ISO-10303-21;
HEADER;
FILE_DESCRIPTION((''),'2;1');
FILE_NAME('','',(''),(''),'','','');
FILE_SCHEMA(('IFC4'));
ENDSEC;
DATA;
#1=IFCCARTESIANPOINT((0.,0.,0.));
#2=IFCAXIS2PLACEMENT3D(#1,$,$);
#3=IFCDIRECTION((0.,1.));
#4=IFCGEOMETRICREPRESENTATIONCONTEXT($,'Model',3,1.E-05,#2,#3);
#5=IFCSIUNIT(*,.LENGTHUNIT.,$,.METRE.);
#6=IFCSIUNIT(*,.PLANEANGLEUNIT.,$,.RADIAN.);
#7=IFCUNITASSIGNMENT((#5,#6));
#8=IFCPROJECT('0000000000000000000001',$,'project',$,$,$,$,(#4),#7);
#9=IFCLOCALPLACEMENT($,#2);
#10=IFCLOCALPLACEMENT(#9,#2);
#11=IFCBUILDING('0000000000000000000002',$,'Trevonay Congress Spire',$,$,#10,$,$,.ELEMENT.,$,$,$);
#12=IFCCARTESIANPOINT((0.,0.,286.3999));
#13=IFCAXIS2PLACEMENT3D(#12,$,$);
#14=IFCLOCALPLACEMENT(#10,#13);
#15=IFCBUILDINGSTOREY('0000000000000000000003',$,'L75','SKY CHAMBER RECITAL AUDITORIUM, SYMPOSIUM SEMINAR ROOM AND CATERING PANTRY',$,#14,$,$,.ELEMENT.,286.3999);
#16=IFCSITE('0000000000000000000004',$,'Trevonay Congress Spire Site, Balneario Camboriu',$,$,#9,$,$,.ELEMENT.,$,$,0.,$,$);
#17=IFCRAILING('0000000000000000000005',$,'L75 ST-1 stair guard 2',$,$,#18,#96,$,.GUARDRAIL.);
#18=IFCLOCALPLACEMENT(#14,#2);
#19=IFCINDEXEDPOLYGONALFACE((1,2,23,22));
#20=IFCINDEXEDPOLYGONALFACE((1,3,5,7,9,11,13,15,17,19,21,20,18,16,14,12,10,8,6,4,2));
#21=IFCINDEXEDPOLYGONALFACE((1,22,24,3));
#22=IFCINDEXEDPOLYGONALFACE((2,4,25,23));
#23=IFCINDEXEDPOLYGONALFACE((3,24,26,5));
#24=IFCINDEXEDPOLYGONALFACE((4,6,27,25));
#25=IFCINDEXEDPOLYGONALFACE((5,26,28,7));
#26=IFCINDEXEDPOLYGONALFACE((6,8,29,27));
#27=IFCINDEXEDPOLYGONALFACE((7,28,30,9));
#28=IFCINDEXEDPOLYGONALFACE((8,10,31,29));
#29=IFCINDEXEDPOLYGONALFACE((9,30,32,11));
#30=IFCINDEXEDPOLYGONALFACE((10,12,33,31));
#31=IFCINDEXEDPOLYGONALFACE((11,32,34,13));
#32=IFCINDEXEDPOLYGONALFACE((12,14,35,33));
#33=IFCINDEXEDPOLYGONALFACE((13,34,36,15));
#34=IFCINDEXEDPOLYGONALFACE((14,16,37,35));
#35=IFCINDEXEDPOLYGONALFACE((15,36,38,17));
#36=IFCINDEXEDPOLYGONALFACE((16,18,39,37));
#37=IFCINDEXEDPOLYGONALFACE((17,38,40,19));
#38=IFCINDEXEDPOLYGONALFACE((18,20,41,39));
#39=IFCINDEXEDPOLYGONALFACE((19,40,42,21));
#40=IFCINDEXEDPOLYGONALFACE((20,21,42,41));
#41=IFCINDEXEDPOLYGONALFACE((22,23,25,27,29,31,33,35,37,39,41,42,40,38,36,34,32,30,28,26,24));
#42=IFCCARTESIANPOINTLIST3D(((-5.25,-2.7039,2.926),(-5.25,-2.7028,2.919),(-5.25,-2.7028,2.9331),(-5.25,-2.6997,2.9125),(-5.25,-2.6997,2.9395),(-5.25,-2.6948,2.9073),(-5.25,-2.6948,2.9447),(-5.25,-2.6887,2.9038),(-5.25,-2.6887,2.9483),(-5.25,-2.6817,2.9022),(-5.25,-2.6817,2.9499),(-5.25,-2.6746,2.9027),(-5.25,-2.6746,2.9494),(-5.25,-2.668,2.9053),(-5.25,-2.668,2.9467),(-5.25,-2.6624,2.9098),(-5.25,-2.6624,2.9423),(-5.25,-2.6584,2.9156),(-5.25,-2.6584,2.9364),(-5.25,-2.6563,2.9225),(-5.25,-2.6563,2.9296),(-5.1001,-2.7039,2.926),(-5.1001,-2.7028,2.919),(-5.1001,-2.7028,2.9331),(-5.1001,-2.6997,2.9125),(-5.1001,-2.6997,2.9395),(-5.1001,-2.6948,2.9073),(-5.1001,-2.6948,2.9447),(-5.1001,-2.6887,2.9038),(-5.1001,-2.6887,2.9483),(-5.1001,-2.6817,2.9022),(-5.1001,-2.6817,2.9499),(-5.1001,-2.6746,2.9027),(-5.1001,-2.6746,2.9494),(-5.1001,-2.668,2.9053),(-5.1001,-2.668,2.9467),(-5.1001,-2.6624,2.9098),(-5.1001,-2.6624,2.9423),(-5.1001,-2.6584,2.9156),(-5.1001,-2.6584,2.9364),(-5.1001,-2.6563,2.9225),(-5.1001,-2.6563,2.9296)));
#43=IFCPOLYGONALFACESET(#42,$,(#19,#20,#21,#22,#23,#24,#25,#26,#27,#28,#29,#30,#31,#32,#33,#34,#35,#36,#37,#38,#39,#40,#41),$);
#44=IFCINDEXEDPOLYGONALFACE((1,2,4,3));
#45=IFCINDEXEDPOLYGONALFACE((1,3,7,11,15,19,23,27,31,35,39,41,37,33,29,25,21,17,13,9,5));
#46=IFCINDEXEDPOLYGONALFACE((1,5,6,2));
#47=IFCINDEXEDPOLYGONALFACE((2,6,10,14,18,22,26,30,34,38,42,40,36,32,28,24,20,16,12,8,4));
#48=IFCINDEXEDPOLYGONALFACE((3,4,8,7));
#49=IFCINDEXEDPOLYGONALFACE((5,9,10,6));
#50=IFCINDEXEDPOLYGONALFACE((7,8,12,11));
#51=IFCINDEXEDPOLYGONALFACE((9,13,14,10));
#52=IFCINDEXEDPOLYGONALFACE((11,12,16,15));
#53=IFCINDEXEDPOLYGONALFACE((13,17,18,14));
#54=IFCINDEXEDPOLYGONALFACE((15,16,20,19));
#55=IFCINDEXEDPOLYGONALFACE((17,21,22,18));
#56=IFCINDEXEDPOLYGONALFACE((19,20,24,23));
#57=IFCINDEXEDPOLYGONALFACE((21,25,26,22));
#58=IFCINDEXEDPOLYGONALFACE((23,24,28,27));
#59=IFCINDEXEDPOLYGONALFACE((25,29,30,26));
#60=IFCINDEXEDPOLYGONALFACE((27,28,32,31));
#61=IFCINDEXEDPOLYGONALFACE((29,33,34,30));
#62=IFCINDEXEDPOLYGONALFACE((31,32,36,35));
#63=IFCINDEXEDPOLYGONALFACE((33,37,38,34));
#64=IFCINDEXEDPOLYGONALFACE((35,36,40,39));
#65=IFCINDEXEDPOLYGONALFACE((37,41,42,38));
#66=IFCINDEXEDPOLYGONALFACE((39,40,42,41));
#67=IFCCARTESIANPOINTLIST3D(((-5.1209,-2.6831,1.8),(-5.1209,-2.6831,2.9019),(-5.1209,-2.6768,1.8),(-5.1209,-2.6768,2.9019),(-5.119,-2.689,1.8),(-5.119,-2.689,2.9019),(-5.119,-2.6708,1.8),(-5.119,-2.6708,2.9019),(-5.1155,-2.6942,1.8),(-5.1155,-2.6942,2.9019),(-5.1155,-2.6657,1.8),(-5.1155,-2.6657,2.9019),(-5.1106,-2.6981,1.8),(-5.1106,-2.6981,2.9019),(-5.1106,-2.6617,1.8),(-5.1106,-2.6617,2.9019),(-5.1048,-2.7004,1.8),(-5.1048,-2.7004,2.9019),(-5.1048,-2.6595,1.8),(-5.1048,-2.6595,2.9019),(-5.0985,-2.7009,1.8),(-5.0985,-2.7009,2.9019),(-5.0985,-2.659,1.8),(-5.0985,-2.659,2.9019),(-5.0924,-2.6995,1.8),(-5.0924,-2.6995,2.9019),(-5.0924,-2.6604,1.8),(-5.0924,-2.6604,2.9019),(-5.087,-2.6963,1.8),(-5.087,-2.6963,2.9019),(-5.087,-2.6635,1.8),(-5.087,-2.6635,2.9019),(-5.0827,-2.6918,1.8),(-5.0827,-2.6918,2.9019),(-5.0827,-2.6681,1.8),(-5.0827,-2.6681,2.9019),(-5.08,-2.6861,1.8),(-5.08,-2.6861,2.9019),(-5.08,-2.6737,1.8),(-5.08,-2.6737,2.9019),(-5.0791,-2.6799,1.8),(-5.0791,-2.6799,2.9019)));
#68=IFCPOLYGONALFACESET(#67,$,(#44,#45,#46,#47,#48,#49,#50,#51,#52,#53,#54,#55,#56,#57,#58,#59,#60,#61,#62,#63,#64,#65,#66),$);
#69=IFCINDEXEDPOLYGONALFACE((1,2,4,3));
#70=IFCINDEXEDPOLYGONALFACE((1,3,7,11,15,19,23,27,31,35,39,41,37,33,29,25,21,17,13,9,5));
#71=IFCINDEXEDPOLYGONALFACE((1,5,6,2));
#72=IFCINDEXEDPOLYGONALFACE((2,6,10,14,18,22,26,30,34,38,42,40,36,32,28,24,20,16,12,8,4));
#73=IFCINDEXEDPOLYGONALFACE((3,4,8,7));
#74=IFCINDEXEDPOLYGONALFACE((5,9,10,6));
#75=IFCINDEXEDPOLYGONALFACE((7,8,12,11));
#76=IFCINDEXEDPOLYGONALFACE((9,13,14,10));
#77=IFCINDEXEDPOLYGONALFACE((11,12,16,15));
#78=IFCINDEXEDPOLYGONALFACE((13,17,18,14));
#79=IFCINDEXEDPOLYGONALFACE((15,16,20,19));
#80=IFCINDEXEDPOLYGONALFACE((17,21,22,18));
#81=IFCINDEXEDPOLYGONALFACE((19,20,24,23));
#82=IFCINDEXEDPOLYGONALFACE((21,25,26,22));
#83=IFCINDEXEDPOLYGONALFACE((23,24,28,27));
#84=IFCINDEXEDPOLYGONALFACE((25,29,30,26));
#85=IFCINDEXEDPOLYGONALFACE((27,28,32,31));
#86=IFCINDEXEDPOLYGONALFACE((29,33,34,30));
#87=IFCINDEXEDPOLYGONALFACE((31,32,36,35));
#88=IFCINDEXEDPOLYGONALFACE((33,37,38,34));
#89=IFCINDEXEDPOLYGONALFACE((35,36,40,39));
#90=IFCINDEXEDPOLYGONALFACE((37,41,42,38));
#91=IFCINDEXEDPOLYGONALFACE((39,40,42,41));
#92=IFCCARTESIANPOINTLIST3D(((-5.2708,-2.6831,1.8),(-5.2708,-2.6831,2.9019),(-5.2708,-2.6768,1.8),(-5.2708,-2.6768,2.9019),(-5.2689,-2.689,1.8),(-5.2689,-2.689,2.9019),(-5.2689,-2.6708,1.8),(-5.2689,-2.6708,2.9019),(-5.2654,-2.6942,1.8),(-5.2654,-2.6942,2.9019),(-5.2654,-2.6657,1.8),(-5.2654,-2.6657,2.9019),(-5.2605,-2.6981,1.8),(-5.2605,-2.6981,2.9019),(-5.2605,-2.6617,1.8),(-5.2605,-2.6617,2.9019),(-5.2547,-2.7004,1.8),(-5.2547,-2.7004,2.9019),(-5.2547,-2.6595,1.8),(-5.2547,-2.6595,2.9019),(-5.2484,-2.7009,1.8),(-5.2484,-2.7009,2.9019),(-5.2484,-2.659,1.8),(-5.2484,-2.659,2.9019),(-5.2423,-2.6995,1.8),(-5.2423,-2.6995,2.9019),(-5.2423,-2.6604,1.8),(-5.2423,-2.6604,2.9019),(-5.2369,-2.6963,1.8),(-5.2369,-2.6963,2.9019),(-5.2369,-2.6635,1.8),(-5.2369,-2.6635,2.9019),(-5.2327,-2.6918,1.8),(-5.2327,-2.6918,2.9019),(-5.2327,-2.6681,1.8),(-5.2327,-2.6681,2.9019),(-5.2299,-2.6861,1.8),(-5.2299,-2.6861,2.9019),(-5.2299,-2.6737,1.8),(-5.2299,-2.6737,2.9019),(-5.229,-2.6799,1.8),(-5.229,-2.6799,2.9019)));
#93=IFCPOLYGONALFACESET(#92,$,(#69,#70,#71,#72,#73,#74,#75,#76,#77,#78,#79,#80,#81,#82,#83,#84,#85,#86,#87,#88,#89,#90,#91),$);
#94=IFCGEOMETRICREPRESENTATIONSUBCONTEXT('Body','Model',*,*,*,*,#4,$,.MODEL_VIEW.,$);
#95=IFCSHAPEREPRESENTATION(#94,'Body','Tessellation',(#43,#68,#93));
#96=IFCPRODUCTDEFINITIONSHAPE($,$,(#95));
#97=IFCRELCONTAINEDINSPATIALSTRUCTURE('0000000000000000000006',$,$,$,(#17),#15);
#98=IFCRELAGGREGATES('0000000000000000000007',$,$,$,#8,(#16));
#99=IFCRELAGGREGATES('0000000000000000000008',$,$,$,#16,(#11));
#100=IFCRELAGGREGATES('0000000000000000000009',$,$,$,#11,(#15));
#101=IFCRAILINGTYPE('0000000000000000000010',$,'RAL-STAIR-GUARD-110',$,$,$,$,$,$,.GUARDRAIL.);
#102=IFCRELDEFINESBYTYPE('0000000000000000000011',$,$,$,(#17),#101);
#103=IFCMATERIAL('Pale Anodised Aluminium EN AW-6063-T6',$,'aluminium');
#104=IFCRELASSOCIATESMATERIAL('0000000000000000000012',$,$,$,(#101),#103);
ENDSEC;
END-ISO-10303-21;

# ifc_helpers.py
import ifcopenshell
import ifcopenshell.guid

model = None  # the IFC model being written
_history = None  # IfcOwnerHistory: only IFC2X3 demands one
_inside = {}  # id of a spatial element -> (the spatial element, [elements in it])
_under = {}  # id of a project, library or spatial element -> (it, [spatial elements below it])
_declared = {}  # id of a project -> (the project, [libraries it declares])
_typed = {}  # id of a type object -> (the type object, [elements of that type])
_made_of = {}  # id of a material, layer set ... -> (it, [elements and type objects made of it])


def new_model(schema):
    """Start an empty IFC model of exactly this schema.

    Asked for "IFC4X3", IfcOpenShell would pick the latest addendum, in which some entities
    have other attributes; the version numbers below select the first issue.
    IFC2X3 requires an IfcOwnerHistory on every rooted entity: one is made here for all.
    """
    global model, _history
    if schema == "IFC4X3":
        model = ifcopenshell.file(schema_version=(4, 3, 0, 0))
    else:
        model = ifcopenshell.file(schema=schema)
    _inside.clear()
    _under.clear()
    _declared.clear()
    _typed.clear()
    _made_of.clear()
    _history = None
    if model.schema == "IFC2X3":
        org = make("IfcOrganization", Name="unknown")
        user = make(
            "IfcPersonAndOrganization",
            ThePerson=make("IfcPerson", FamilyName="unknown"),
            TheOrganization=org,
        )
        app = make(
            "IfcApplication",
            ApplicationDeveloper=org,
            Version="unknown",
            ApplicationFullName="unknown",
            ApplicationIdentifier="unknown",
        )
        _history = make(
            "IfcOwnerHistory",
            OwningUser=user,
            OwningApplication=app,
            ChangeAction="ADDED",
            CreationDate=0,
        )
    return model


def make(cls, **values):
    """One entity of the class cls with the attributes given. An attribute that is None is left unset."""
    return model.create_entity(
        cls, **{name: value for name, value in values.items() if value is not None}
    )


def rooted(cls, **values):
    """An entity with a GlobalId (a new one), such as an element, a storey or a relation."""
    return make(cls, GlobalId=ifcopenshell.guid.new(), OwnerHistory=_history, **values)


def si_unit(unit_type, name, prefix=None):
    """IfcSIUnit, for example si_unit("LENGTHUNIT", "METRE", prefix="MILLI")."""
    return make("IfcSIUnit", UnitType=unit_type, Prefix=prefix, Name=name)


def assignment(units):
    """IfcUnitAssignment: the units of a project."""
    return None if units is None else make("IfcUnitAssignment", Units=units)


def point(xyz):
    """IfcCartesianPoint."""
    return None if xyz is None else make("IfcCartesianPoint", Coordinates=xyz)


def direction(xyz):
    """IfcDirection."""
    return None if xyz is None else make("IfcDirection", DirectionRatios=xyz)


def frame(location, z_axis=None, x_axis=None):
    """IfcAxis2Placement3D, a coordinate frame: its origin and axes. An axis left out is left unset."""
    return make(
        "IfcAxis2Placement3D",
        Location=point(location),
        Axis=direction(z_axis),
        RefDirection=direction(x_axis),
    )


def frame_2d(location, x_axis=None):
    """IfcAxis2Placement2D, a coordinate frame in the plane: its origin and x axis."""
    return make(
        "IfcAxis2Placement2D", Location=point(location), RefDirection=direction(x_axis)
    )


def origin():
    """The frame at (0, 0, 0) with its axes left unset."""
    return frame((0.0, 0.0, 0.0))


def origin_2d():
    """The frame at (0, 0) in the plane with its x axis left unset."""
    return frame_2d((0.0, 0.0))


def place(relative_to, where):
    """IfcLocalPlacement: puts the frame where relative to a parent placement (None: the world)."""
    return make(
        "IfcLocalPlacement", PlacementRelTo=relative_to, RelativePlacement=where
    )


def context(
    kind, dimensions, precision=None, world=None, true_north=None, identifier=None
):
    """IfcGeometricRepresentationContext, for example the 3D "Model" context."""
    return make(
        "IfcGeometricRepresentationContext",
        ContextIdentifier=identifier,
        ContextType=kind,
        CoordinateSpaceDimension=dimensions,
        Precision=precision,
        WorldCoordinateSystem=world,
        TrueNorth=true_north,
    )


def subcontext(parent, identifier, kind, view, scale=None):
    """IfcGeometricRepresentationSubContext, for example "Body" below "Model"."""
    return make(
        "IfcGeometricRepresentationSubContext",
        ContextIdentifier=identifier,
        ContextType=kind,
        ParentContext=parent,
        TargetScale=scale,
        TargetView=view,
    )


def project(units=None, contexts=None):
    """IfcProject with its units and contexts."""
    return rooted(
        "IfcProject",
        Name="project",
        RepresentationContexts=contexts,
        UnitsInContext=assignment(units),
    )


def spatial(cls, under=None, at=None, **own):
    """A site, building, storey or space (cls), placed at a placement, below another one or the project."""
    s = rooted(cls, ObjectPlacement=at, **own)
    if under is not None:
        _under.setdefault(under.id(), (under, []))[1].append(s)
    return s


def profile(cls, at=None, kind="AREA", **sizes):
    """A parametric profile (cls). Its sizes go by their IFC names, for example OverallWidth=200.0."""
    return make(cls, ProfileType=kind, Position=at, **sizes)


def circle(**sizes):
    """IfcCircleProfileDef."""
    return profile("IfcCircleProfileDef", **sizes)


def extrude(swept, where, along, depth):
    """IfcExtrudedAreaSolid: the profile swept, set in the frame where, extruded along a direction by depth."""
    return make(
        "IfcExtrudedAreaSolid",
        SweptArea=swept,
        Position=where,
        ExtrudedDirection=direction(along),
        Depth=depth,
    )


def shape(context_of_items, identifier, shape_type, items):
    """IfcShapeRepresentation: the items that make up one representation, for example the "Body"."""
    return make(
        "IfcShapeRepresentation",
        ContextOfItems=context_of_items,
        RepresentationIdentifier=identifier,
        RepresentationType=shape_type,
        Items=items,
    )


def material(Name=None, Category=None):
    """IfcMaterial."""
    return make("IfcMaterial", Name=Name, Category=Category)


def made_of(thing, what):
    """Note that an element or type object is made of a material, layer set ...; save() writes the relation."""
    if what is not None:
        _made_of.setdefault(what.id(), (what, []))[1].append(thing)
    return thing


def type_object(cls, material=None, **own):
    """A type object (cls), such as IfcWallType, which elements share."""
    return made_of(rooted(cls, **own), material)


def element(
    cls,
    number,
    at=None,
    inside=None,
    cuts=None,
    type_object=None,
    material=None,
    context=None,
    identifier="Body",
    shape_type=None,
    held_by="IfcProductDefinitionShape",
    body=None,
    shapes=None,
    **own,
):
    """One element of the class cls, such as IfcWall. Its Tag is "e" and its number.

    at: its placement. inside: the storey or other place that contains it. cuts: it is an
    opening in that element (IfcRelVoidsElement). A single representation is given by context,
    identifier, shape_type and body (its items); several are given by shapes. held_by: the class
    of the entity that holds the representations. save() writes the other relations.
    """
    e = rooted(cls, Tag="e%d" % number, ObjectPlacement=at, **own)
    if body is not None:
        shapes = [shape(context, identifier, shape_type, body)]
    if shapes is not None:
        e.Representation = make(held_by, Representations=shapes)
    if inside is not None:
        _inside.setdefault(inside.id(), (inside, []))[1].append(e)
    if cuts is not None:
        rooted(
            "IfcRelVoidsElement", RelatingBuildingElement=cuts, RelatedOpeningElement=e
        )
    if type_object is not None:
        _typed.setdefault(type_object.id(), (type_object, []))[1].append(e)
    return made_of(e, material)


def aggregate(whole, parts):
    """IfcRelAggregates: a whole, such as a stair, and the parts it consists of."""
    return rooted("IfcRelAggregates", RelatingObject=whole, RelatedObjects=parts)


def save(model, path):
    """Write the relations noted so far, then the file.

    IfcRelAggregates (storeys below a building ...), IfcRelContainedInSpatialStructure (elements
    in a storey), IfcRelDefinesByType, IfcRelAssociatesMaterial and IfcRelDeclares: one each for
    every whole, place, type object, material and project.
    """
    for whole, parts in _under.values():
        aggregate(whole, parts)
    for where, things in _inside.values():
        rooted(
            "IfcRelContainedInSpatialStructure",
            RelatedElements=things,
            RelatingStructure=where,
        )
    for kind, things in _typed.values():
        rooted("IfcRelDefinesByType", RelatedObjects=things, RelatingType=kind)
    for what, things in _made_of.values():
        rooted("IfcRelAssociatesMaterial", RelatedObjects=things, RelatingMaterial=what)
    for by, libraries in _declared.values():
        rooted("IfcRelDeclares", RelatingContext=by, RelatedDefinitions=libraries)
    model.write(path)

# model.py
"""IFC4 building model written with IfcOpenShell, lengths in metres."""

from ifc_helpers import new_model, si_unit, direction, frame, origin, origin_2d, place, context, subcontext, project, spatial, circle, extrude, material, type_object, element, save


model = new_model("IFC4")

# Units and contexts
model_context = context("Model", 3, precision=1e-05, world=origin(), true_north=direction((0.0, 1.0)))
body_context = subcontext(model_context, "Body", "Model", "MODEL_VIEW")
ifc_project = project(units=[si_unit("LENGTHUNIT", "METRE"), si_unit("PLANEANGLEUNIT", "RADIAN")], contexts=[model_context])

# Site, building, storey
site_placement = place(None, origin())
site = spatial("IfcSite", under=ifc_project, at=site_placement, Name="Trevonay Congress Spire Site, Balneario Camboriu", CompositionType="ELEMENT", RefElevation=0.0)
building_placement = place(site_placement, origin())
building = spatial("IfcBuilding", under=site, at=building_placement, Name="Trevonay Congress Spire", CompositionType="ELEMENT")
storey_placement = place(building_placement, frame((0.0, 0.0, 286.3999)))
storey = spatial("IfcBuildingStorey", under=building, at=storey_placement, Name="L75", Description="SKY CHAMBER RECITAL AUDITORIUM, SYMPOSIUM SEMINAR ROOM AND CATERING PANTRY", CompositionType="ELEMENT", Elevation=286.3999)

# Railing
ifc_material_1 = material(Name="Pale Anodised Aluminium EN AW-6063-T6", Category="aluminium")
railing_type_1 = type_object("IfcRailingType", Name="RAL-STAIR-GUARD-110", PredefinedType="GUARDRAIL", material=ifc_material_1)
railing_1_placement = place(storey_placement, frame((-5.1001, -2.6799, 1.8)))
element("IfcRailing", 1, at=railing_1_placement, inside=storey, type_object=railing_type_1, Name="L75 ST-1 stair guard 2", PredefinedType="GUARDRAIL", context=body_context, shape_type="SweptSolid", body=[
    extrude(circle(Radius=0.0239, at=origin_2d()), frame((0.0, 0.0, 1.126), z_axis=(-1.0, 0.0, 0.0), x_axis=(0.0, -1.0, 0.0)), (0.0, 0.0, 1.0), 0.1499),
    extrude(circle(Radius=0.021, at=origin_2d()), origin(), (0.0, 0.0, 1.0), 1.1018),
    extrude(circle(Radius=0.021, at=origin_2d()), frame((-0.1499, 0.0, 0.0)), (0.0, 0.0, 1.0), 1.1018),
])

save(model, "model.ifc")
